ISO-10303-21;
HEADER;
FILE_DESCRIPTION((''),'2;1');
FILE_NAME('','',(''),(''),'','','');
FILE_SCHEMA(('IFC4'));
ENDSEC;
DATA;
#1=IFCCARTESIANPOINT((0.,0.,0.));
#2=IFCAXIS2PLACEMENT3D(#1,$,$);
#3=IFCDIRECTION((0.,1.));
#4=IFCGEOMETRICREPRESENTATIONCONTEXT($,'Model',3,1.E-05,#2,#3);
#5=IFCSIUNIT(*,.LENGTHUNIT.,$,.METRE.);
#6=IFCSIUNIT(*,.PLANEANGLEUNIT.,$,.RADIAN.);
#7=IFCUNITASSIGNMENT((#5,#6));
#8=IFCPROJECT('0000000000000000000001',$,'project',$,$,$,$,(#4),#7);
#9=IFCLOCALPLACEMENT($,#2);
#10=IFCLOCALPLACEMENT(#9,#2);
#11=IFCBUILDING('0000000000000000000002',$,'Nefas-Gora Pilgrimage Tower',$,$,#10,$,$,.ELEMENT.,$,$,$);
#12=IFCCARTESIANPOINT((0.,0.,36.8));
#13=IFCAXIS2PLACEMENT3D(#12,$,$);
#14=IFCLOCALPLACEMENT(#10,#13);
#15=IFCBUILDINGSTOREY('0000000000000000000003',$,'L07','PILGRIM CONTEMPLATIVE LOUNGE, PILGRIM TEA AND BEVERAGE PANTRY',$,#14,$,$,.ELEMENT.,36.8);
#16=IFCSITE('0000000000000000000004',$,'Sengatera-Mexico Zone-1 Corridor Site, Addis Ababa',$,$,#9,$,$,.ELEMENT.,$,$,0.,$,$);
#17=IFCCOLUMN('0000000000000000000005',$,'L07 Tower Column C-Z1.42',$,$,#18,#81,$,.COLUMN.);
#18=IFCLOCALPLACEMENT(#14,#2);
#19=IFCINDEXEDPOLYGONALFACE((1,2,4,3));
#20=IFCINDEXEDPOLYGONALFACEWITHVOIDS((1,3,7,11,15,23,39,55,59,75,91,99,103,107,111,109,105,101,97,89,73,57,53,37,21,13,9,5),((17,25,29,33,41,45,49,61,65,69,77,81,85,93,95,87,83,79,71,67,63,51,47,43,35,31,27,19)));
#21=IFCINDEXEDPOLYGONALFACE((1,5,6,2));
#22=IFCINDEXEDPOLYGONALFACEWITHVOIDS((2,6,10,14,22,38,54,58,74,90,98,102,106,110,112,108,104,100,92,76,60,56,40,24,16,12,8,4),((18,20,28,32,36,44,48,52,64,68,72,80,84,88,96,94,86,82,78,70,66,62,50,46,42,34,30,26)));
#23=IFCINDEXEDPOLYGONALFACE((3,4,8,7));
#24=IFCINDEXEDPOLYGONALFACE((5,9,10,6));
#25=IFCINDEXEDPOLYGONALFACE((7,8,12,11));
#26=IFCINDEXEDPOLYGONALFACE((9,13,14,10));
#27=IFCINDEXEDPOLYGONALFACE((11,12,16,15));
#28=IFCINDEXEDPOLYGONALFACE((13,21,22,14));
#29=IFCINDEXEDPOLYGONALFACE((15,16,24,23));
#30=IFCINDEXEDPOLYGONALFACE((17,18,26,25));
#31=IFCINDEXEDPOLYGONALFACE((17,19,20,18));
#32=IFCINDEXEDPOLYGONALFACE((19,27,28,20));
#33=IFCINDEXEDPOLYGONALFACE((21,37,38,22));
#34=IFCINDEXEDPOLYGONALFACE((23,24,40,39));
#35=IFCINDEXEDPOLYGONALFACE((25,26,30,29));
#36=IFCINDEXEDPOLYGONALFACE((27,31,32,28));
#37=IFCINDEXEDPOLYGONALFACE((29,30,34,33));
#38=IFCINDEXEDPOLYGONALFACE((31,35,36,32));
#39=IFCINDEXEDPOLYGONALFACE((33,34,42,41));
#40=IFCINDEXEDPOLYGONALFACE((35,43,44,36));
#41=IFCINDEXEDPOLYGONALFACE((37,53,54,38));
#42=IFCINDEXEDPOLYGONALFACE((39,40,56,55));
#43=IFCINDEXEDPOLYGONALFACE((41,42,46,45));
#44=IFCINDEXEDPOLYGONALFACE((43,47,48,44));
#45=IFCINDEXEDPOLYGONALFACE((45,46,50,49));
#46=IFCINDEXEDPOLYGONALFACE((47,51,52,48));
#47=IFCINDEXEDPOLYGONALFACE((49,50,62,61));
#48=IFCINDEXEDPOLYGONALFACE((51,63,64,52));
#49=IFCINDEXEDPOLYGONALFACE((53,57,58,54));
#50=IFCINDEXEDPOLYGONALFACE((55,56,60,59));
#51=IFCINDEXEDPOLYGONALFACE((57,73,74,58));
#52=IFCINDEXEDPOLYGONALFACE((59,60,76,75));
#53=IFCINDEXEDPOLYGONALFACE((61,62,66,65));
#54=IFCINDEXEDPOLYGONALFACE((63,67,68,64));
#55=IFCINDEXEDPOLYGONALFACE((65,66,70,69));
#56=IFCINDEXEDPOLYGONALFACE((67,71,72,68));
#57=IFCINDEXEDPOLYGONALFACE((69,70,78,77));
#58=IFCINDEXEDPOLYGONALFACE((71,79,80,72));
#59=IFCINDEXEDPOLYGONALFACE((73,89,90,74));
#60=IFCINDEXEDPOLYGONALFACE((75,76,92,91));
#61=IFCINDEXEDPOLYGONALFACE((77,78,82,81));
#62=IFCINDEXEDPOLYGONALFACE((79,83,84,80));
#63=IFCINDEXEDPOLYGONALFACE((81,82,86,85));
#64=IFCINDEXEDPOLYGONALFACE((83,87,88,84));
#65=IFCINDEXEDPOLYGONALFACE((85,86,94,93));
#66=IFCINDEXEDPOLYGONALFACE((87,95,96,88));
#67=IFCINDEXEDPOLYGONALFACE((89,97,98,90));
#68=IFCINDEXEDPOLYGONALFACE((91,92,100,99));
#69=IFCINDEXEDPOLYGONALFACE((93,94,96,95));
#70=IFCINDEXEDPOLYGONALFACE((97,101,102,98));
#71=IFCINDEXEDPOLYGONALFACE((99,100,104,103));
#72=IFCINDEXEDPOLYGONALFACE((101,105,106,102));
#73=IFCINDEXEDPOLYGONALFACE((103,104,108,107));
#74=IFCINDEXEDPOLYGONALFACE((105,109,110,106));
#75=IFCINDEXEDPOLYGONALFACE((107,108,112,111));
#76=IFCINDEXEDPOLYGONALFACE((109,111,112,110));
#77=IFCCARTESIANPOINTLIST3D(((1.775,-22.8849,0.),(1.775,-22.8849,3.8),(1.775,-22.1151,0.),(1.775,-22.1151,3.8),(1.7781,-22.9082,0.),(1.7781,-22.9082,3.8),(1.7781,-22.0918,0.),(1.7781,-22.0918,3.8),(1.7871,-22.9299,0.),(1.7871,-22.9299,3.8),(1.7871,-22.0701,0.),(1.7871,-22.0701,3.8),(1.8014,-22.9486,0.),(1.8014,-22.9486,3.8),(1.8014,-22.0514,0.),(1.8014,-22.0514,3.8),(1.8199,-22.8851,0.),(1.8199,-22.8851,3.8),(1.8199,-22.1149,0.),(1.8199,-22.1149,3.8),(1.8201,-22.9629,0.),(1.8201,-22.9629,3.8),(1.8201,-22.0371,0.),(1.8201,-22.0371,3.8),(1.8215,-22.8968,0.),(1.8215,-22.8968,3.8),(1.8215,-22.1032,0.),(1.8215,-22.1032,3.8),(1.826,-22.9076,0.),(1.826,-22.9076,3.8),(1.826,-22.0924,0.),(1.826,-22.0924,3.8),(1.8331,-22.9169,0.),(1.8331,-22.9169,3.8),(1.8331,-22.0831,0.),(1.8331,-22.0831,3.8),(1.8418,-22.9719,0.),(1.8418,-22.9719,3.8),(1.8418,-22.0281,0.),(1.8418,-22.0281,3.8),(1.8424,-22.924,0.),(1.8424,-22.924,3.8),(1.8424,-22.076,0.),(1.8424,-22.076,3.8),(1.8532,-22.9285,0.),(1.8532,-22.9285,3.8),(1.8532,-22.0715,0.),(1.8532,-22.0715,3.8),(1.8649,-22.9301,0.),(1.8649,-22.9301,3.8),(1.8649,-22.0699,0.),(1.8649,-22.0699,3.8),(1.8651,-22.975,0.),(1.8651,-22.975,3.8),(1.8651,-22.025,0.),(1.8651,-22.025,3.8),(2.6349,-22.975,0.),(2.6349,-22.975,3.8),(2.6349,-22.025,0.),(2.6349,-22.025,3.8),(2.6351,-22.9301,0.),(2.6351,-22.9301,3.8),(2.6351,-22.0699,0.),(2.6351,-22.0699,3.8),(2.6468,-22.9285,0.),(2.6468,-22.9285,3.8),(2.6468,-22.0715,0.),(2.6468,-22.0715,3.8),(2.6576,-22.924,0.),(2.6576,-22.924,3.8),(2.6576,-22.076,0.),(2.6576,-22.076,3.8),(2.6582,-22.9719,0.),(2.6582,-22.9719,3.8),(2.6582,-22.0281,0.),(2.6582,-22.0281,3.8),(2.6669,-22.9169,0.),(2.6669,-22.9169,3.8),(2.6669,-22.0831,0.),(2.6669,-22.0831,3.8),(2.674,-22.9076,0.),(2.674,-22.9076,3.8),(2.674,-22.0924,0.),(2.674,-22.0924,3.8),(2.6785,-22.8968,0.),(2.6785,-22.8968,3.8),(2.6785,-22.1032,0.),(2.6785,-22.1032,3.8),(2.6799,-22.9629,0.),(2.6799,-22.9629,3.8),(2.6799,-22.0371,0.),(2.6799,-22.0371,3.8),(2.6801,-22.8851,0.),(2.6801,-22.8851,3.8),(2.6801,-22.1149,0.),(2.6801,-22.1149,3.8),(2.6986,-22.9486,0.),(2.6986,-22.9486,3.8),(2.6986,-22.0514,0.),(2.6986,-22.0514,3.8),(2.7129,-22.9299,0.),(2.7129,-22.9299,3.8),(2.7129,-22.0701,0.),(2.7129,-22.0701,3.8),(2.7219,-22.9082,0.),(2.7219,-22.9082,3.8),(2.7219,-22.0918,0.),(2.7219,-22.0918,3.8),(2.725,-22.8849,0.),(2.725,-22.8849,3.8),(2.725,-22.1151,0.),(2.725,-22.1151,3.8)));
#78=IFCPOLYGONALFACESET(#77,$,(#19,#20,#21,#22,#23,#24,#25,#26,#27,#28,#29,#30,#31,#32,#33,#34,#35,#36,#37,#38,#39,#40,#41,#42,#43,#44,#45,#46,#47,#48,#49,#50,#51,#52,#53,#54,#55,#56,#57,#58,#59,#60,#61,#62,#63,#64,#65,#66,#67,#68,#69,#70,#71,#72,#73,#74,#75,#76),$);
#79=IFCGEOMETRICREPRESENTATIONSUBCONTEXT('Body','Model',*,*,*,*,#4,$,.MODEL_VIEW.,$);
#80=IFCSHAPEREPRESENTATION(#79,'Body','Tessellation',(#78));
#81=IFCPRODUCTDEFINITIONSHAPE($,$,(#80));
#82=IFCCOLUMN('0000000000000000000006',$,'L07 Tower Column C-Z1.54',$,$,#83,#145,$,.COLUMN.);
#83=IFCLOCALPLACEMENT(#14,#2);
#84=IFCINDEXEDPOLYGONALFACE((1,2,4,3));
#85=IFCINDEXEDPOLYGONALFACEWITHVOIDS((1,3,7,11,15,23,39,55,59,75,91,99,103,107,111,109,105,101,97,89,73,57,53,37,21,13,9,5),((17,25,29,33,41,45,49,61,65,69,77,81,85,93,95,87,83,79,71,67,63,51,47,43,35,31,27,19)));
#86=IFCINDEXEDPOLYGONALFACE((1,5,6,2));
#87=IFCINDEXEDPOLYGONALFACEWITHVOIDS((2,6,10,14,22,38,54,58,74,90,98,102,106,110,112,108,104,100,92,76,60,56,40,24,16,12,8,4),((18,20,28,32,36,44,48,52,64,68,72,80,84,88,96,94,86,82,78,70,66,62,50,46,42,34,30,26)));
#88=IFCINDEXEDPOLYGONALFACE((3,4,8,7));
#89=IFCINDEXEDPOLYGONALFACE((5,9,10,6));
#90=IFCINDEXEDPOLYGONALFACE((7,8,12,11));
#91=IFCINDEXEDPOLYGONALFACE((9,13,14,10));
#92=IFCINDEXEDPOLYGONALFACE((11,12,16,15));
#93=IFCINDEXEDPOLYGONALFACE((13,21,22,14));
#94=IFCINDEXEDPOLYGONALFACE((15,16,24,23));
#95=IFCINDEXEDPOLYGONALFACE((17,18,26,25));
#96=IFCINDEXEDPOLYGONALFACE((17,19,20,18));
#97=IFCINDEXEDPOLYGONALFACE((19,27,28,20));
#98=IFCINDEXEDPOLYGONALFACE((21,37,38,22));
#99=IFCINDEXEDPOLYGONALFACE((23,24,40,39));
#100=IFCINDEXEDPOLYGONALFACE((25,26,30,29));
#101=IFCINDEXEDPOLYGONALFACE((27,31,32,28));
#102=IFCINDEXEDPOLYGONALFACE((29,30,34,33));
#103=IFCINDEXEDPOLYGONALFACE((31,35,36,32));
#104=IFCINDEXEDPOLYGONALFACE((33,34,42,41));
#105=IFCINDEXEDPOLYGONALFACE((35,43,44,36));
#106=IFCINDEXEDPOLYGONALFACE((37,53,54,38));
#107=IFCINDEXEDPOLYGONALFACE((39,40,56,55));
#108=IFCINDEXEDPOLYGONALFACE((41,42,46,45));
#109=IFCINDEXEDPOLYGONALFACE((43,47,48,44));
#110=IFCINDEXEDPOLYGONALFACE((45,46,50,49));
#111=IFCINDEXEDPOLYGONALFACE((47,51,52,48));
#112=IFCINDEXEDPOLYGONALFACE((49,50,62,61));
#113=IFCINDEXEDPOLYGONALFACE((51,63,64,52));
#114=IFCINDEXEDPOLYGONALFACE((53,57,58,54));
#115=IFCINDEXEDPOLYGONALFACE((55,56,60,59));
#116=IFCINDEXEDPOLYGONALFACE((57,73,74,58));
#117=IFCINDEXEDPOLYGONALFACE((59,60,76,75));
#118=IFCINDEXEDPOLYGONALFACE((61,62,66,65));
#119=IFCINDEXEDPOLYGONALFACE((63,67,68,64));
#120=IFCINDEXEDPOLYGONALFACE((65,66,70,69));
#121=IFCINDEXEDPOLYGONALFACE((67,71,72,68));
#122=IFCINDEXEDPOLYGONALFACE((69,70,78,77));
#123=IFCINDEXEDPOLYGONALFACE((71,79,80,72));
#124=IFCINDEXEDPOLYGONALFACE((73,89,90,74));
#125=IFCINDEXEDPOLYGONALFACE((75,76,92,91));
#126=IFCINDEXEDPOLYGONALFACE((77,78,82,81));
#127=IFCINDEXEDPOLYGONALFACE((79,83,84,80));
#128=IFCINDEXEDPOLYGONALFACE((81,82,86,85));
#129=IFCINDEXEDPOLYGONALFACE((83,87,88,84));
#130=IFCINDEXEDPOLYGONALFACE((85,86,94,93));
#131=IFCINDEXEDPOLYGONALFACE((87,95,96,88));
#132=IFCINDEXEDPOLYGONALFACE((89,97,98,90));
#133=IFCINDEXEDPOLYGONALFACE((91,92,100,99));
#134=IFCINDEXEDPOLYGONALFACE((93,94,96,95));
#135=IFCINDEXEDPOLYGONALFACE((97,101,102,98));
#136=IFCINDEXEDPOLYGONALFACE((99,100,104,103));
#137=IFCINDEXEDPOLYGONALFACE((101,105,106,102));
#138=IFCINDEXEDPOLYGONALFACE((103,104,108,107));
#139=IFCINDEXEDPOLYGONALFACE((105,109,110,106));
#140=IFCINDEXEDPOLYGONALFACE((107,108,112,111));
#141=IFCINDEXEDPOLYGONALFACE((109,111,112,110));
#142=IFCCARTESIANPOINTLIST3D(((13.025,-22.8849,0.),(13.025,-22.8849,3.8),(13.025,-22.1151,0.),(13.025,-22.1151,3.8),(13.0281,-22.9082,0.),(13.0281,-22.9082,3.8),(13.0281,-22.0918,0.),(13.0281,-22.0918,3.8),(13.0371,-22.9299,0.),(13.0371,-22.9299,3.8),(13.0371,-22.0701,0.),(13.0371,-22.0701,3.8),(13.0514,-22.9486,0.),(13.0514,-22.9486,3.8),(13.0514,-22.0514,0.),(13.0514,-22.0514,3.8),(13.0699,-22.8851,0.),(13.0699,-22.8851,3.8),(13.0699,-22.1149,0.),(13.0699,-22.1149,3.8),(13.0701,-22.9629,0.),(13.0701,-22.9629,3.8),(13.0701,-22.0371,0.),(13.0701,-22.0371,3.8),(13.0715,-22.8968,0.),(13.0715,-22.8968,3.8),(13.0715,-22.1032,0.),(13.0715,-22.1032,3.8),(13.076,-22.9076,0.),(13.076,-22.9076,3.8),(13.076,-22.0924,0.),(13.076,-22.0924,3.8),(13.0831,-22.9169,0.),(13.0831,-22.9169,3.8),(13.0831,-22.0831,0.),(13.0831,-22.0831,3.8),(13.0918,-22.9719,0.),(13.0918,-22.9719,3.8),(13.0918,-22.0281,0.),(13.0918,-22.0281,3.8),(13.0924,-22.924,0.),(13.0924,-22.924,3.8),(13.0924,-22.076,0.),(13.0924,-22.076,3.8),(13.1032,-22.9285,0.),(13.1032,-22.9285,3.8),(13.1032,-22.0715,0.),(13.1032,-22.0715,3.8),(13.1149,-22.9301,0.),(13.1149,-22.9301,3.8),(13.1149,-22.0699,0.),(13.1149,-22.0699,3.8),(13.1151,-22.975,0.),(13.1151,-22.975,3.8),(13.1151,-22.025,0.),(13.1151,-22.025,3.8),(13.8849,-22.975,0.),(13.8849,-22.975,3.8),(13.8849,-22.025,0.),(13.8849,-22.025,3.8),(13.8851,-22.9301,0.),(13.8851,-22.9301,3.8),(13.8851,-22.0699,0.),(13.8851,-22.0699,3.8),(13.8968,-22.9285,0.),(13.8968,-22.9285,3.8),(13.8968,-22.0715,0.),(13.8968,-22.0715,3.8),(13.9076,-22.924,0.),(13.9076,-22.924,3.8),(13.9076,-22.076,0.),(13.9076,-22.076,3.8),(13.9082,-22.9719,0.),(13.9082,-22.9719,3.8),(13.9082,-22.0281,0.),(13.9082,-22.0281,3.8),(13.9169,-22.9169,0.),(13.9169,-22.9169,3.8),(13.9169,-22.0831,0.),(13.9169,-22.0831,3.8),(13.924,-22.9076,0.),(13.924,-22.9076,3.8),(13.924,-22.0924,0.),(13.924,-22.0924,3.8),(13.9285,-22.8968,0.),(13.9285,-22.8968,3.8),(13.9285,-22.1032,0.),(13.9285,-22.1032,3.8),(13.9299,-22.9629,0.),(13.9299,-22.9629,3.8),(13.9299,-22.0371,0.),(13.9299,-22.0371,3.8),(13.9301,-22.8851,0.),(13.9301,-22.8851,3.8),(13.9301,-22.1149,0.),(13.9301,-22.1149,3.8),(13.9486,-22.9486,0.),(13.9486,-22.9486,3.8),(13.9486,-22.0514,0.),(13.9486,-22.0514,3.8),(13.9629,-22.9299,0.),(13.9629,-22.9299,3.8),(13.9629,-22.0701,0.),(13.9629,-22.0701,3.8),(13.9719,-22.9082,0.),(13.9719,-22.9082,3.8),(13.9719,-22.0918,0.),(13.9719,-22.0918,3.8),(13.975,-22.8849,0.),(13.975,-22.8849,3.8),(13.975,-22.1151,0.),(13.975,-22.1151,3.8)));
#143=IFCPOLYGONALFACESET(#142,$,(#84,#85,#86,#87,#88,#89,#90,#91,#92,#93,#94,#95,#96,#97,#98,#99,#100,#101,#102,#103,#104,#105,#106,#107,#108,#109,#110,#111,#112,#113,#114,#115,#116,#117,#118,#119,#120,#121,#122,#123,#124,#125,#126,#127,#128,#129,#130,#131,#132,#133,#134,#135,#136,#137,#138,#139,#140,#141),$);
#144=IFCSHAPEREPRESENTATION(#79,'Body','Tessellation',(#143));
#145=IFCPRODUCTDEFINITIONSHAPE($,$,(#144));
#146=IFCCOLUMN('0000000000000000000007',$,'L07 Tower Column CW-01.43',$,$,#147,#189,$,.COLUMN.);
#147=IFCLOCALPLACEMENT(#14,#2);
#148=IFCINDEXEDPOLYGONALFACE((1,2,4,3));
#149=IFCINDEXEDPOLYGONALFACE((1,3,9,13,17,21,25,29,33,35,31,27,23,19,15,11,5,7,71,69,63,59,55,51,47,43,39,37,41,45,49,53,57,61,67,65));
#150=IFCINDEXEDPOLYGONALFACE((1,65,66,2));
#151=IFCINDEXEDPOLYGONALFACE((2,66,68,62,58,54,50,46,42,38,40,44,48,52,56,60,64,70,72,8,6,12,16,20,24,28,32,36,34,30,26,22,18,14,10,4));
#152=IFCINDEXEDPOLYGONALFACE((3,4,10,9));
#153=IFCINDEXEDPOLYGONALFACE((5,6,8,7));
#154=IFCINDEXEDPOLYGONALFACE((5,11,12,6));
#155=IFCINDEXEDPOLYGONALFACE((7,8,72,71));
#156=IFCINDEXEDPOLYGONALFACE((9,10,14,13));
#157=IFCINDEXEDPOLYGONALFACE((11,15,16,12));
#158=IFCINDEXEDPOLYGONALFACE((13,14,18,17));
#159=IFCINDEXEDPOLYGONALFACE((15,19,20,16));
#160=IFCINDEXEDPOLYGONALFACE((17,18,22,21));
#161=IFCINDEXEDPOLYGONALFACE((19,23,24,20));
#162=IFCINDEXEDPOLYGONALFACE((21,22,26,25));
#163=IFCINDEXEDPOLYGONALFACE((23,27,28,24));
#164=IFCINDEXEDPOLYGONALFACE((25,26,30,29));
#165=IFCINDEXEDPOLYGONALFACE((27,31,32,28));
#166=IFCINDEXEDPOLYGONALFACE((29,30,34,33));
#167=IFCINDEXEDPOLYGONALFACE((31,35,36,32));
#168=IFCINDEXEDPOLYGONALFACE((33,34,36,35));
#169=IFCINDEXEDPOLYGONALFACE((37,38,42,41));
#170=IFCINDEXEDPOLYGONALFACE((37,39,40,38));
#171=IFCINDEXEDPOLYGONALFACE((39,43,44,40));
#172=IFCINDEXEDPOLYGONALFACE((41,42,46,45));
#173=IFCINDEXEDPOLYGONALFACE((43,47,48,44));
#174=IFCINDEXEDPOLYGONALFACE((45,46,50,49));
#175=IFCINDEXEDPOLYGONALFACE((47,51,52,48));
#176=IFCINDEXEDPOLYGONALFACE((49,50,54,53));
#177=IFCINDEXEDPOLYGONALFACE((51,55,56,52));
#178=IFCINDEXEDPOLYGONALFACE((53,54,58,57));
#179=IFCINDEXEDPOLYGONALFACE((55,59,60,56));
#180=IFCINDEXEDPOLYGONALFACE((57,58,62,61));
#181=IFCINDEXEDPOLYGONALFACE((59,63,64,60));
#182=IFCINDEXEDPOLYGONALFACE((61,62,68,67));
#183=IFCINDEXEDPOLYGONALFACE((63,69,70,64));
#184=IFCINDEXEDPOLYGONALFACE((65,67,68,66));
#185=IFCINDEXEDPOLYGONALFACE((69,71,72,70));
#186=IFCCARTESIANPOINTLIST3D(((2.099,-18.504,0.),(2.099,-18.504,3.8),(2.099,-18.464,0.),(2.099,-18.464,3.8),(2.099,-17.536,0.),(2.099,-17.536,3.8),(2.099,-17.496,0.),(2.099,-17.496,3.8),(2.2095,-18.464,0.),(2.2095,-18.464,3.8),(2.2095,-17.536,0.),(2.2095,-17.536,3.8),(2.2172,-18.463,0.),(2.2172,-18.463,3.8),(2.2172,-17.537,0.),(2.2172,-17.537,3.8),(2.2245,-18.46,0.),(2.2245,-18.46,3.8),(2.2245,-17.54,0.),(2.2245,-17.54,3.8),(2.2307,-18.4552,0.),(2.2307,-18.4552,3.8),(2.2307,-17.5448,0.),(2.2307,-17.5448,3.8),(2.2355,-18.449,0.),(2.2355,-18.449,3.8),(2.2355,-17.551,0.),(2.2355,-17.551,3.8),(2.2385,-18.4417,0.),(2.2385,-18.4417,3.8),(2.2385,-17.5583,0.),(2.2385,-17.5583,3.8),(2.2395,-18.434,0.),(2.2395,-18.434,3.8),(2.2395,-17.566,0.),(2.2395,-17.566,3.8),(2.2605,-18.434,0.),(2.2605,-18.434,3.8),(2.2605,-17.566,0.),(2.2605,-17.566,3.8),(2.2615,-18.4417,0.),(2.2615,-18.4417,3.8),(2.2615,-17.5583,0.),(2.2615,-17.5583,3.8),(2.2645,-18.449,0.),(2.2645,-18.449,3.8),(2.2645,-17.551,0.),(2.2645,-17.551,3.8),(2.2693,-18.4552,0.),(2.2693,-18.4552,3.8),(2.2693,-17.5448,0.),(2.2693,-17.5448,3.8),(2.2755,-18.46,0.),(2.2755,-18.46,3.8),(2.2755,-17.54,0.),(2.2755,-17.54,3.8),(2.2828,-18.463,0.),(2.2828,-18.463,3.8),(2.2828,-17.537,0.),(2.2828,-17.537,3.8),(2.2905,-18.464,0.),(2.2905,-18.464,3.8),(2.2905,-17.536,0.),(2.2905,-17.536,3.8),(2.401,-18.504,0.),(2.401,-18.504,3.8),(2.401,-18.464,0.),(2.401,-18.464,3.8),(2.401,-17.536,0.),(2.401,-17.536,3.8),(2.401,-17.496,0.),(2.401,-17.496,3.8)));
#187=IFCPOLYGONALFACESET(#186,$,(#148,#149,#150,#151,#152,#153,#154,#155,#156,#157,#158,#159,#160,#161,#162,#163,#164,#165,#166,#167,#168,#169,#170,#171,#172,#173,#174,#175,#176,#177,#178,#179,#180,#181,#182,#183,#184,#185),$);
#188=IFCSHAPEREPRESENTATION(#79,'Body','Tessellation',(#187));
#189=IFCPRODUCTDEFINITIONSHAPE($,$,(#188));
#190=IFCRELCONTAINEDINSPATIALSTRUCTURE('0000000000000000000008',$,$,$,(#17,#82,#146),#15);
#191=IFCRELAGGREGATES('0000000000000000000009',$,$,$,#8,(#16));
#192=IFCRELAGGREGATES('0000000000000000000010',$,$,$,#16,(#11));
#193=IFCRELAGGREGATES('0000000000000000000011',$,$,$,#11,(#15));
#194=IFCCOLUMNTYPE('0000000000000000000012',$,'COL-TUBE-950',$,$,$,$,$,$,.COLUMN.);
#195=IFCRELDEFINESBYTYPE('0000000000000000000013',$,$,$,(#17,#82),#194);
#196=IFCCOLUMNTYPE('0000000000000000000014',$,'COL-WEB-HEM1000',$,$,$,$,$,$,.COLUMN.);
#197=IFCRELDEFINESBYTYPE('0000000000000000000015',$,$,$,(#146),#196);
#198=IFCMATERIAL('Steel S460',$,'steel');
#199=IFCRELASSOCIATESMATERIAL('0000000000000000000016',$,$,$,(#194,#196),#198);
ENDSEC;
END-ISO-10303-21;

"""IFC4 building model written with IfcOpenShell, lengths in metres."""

from ifc_helpers import new_model, si_unit, direction, frame, origin, origin_2d, place, context, subcontext, project, spatial, hollow_rectangle, i_section, extrude, source, transform, mapped, material, material_profile, profile_set, type_object, element, save


model = new_model("IFC4")

# Units and contexts
model_context = context("Model", 3, precision=1e-05, world=origin(), true_north=direction((0.0, 1.0)))
body_context = subcontext(model_context, "Body", "Model", "MODEL_VIEW")
ifc_project = project(units=[si_unit("LENGTHUNIT", "METRE"), si_unit("PLANEANGLEUNIT", "RADIAN")], contexts=[model_context])

# Site, building, storey
site_placement = place(None, origin())
site = spatial("IfcSite", under=ifc_project, at=site_placement, Name="Sengatera-Mexico Zone-1 Corridor Site, Addis Ababa", CompositionType="ELEMENT", RefElevation=0.0)
building_placement = place(site_placement, origin())
building = spatial("IfcBuilding", under=site, at=building_placement, Name="Nefas-Gora Pilgrimage Tower", CompositionType="ELEMENT")
storey_placement = place(building_placement, frame((0.0, 0.0, 36.8)))
storey = spatial("IfcBuildingStorey", under=building, at=storey_placement, Name="L07", Description="PILGRIM CONTEMPLATIVE LOUNGE, PILGRIM TEA AND BEVERAGE PANTRY", CompositionType="ELEMENT", Elevation=36.8)

# Columns
ifc_material_1 = material(Name="Steel S460", Category="steel")
ifc_material_profile_1 = material_profile(ifc_material_1, hollow_rectangle(XDim=0.95, YDim=0.95, WallThickness=0.0449, InnerFilletRadius=0.0449, OuterFilletRadius=0.0901, at=origin_2d()), Name="BOX 950x950x45")
ifc_profile_set_1 = profile_set([ifc_material_profile_1], Name="Steel S460")
column_type_1 = type_object("IfcColumnType", Name="COL-TUBE-950", PredefinedType="COLUMN", material=ifc_profile_set_1)
shared_shape_1 = source(origin(), body_context, "Body", "SweptSolid", [
    extrude(hollow_rectangle(XDim=0.95, YDim=0.95, WallThickness=0.0449, InnerFilletRadius=0.0449, OuterFilletRadius=0.0901, at=origin_2d()), origin(), (0.0, 0.0, 1.0), 3.8),
])
for number, where, z_axis, x_axis, name in (
    (1, (2.25, -22.5, 0.0), (0.0, 0.0, 1.0), (1.0, 0.0, 0.0), "L07 Tower Column C-Z1.42"),
    (2, (13.5, -22.5, 0.0), (0.0, 0.0, 1.0), (1.0, 0.0, 0.0), "L07 Tower Column C-Z1.54"),
):
    element("IfcColumn", number, at=place(storey_placement, frame(where, z_axis=z_axis, x_axis=x_axis)), inside=storey, type_object=column_type_1, Name=name, PredefinedType="COLUMN", context=body_context, shape_type="MappedRepresentation", body=[
        mapped(shared_shape_1, transform((0.0, 0.0, 0.0), x_axis=(1.0, 0.0, 0.0), y_axis=(0.0, 1.0, 0.0), z_axis=(0.0, 0.0, 1.0), scale=1.0)),
    ])
ifc_material_profile_2 = material_profile(ifc_material_1, i_section(OverallWidth=0.302, OverallDepth=1.0081, WebThickness=0.021, FlangeThickness=0.04, FilletRadius=0.03, at=origin_2d()), Name="HEM 1000")
ifc_profile_set_2 = profile_set([ifc_material_profile_2], Name="Steel S460")
column_type_2 = type_object("IfcColumnType", Name="COL-WEB-HEM1000", PredefinedType="COLUMN", material=ifc_profile_set_2)
shared_shape_2 = source(origin(), body_context, "Body", "SweptSolid", [
    extrude(i_section(OverallWidth=0.302, OverallDepth=1.0081, WebThickness=0.021, FlangeThickness=0.04, FilletRadius=0.03, at=origin_2d()), origin(), (0.0, 0.0, 1.0), 3.8),
])
for number, where, z_axis, x_axis, name in (
    (3, (2.25, -18.0, 0.0), (0.0, 0.0, 1.0), (1.0, 0.0, 0.0), "L07 Tower Column CW-01.43"),
):
    element("IfcColumn", number, at=place(storey_placement, frame(where, z_axis=z_axis, x_axis=x_axis)), inside=storey, type_object=column_type_2, Name=name, PredefinedType="COLUMN", context=body_context, shape_type="MappedRepresentation", body=[
        mapped(shared_shape_2, transform((0.0, 0.0, 0.0), x_axis=(1.0, 0.0, 0.0), y_axis=(0.0, 1.0, 0.0), z_axis=(0.0, 0.0, 1.0), scale=1.0)),
    ])

save(model, "model.ifc")
